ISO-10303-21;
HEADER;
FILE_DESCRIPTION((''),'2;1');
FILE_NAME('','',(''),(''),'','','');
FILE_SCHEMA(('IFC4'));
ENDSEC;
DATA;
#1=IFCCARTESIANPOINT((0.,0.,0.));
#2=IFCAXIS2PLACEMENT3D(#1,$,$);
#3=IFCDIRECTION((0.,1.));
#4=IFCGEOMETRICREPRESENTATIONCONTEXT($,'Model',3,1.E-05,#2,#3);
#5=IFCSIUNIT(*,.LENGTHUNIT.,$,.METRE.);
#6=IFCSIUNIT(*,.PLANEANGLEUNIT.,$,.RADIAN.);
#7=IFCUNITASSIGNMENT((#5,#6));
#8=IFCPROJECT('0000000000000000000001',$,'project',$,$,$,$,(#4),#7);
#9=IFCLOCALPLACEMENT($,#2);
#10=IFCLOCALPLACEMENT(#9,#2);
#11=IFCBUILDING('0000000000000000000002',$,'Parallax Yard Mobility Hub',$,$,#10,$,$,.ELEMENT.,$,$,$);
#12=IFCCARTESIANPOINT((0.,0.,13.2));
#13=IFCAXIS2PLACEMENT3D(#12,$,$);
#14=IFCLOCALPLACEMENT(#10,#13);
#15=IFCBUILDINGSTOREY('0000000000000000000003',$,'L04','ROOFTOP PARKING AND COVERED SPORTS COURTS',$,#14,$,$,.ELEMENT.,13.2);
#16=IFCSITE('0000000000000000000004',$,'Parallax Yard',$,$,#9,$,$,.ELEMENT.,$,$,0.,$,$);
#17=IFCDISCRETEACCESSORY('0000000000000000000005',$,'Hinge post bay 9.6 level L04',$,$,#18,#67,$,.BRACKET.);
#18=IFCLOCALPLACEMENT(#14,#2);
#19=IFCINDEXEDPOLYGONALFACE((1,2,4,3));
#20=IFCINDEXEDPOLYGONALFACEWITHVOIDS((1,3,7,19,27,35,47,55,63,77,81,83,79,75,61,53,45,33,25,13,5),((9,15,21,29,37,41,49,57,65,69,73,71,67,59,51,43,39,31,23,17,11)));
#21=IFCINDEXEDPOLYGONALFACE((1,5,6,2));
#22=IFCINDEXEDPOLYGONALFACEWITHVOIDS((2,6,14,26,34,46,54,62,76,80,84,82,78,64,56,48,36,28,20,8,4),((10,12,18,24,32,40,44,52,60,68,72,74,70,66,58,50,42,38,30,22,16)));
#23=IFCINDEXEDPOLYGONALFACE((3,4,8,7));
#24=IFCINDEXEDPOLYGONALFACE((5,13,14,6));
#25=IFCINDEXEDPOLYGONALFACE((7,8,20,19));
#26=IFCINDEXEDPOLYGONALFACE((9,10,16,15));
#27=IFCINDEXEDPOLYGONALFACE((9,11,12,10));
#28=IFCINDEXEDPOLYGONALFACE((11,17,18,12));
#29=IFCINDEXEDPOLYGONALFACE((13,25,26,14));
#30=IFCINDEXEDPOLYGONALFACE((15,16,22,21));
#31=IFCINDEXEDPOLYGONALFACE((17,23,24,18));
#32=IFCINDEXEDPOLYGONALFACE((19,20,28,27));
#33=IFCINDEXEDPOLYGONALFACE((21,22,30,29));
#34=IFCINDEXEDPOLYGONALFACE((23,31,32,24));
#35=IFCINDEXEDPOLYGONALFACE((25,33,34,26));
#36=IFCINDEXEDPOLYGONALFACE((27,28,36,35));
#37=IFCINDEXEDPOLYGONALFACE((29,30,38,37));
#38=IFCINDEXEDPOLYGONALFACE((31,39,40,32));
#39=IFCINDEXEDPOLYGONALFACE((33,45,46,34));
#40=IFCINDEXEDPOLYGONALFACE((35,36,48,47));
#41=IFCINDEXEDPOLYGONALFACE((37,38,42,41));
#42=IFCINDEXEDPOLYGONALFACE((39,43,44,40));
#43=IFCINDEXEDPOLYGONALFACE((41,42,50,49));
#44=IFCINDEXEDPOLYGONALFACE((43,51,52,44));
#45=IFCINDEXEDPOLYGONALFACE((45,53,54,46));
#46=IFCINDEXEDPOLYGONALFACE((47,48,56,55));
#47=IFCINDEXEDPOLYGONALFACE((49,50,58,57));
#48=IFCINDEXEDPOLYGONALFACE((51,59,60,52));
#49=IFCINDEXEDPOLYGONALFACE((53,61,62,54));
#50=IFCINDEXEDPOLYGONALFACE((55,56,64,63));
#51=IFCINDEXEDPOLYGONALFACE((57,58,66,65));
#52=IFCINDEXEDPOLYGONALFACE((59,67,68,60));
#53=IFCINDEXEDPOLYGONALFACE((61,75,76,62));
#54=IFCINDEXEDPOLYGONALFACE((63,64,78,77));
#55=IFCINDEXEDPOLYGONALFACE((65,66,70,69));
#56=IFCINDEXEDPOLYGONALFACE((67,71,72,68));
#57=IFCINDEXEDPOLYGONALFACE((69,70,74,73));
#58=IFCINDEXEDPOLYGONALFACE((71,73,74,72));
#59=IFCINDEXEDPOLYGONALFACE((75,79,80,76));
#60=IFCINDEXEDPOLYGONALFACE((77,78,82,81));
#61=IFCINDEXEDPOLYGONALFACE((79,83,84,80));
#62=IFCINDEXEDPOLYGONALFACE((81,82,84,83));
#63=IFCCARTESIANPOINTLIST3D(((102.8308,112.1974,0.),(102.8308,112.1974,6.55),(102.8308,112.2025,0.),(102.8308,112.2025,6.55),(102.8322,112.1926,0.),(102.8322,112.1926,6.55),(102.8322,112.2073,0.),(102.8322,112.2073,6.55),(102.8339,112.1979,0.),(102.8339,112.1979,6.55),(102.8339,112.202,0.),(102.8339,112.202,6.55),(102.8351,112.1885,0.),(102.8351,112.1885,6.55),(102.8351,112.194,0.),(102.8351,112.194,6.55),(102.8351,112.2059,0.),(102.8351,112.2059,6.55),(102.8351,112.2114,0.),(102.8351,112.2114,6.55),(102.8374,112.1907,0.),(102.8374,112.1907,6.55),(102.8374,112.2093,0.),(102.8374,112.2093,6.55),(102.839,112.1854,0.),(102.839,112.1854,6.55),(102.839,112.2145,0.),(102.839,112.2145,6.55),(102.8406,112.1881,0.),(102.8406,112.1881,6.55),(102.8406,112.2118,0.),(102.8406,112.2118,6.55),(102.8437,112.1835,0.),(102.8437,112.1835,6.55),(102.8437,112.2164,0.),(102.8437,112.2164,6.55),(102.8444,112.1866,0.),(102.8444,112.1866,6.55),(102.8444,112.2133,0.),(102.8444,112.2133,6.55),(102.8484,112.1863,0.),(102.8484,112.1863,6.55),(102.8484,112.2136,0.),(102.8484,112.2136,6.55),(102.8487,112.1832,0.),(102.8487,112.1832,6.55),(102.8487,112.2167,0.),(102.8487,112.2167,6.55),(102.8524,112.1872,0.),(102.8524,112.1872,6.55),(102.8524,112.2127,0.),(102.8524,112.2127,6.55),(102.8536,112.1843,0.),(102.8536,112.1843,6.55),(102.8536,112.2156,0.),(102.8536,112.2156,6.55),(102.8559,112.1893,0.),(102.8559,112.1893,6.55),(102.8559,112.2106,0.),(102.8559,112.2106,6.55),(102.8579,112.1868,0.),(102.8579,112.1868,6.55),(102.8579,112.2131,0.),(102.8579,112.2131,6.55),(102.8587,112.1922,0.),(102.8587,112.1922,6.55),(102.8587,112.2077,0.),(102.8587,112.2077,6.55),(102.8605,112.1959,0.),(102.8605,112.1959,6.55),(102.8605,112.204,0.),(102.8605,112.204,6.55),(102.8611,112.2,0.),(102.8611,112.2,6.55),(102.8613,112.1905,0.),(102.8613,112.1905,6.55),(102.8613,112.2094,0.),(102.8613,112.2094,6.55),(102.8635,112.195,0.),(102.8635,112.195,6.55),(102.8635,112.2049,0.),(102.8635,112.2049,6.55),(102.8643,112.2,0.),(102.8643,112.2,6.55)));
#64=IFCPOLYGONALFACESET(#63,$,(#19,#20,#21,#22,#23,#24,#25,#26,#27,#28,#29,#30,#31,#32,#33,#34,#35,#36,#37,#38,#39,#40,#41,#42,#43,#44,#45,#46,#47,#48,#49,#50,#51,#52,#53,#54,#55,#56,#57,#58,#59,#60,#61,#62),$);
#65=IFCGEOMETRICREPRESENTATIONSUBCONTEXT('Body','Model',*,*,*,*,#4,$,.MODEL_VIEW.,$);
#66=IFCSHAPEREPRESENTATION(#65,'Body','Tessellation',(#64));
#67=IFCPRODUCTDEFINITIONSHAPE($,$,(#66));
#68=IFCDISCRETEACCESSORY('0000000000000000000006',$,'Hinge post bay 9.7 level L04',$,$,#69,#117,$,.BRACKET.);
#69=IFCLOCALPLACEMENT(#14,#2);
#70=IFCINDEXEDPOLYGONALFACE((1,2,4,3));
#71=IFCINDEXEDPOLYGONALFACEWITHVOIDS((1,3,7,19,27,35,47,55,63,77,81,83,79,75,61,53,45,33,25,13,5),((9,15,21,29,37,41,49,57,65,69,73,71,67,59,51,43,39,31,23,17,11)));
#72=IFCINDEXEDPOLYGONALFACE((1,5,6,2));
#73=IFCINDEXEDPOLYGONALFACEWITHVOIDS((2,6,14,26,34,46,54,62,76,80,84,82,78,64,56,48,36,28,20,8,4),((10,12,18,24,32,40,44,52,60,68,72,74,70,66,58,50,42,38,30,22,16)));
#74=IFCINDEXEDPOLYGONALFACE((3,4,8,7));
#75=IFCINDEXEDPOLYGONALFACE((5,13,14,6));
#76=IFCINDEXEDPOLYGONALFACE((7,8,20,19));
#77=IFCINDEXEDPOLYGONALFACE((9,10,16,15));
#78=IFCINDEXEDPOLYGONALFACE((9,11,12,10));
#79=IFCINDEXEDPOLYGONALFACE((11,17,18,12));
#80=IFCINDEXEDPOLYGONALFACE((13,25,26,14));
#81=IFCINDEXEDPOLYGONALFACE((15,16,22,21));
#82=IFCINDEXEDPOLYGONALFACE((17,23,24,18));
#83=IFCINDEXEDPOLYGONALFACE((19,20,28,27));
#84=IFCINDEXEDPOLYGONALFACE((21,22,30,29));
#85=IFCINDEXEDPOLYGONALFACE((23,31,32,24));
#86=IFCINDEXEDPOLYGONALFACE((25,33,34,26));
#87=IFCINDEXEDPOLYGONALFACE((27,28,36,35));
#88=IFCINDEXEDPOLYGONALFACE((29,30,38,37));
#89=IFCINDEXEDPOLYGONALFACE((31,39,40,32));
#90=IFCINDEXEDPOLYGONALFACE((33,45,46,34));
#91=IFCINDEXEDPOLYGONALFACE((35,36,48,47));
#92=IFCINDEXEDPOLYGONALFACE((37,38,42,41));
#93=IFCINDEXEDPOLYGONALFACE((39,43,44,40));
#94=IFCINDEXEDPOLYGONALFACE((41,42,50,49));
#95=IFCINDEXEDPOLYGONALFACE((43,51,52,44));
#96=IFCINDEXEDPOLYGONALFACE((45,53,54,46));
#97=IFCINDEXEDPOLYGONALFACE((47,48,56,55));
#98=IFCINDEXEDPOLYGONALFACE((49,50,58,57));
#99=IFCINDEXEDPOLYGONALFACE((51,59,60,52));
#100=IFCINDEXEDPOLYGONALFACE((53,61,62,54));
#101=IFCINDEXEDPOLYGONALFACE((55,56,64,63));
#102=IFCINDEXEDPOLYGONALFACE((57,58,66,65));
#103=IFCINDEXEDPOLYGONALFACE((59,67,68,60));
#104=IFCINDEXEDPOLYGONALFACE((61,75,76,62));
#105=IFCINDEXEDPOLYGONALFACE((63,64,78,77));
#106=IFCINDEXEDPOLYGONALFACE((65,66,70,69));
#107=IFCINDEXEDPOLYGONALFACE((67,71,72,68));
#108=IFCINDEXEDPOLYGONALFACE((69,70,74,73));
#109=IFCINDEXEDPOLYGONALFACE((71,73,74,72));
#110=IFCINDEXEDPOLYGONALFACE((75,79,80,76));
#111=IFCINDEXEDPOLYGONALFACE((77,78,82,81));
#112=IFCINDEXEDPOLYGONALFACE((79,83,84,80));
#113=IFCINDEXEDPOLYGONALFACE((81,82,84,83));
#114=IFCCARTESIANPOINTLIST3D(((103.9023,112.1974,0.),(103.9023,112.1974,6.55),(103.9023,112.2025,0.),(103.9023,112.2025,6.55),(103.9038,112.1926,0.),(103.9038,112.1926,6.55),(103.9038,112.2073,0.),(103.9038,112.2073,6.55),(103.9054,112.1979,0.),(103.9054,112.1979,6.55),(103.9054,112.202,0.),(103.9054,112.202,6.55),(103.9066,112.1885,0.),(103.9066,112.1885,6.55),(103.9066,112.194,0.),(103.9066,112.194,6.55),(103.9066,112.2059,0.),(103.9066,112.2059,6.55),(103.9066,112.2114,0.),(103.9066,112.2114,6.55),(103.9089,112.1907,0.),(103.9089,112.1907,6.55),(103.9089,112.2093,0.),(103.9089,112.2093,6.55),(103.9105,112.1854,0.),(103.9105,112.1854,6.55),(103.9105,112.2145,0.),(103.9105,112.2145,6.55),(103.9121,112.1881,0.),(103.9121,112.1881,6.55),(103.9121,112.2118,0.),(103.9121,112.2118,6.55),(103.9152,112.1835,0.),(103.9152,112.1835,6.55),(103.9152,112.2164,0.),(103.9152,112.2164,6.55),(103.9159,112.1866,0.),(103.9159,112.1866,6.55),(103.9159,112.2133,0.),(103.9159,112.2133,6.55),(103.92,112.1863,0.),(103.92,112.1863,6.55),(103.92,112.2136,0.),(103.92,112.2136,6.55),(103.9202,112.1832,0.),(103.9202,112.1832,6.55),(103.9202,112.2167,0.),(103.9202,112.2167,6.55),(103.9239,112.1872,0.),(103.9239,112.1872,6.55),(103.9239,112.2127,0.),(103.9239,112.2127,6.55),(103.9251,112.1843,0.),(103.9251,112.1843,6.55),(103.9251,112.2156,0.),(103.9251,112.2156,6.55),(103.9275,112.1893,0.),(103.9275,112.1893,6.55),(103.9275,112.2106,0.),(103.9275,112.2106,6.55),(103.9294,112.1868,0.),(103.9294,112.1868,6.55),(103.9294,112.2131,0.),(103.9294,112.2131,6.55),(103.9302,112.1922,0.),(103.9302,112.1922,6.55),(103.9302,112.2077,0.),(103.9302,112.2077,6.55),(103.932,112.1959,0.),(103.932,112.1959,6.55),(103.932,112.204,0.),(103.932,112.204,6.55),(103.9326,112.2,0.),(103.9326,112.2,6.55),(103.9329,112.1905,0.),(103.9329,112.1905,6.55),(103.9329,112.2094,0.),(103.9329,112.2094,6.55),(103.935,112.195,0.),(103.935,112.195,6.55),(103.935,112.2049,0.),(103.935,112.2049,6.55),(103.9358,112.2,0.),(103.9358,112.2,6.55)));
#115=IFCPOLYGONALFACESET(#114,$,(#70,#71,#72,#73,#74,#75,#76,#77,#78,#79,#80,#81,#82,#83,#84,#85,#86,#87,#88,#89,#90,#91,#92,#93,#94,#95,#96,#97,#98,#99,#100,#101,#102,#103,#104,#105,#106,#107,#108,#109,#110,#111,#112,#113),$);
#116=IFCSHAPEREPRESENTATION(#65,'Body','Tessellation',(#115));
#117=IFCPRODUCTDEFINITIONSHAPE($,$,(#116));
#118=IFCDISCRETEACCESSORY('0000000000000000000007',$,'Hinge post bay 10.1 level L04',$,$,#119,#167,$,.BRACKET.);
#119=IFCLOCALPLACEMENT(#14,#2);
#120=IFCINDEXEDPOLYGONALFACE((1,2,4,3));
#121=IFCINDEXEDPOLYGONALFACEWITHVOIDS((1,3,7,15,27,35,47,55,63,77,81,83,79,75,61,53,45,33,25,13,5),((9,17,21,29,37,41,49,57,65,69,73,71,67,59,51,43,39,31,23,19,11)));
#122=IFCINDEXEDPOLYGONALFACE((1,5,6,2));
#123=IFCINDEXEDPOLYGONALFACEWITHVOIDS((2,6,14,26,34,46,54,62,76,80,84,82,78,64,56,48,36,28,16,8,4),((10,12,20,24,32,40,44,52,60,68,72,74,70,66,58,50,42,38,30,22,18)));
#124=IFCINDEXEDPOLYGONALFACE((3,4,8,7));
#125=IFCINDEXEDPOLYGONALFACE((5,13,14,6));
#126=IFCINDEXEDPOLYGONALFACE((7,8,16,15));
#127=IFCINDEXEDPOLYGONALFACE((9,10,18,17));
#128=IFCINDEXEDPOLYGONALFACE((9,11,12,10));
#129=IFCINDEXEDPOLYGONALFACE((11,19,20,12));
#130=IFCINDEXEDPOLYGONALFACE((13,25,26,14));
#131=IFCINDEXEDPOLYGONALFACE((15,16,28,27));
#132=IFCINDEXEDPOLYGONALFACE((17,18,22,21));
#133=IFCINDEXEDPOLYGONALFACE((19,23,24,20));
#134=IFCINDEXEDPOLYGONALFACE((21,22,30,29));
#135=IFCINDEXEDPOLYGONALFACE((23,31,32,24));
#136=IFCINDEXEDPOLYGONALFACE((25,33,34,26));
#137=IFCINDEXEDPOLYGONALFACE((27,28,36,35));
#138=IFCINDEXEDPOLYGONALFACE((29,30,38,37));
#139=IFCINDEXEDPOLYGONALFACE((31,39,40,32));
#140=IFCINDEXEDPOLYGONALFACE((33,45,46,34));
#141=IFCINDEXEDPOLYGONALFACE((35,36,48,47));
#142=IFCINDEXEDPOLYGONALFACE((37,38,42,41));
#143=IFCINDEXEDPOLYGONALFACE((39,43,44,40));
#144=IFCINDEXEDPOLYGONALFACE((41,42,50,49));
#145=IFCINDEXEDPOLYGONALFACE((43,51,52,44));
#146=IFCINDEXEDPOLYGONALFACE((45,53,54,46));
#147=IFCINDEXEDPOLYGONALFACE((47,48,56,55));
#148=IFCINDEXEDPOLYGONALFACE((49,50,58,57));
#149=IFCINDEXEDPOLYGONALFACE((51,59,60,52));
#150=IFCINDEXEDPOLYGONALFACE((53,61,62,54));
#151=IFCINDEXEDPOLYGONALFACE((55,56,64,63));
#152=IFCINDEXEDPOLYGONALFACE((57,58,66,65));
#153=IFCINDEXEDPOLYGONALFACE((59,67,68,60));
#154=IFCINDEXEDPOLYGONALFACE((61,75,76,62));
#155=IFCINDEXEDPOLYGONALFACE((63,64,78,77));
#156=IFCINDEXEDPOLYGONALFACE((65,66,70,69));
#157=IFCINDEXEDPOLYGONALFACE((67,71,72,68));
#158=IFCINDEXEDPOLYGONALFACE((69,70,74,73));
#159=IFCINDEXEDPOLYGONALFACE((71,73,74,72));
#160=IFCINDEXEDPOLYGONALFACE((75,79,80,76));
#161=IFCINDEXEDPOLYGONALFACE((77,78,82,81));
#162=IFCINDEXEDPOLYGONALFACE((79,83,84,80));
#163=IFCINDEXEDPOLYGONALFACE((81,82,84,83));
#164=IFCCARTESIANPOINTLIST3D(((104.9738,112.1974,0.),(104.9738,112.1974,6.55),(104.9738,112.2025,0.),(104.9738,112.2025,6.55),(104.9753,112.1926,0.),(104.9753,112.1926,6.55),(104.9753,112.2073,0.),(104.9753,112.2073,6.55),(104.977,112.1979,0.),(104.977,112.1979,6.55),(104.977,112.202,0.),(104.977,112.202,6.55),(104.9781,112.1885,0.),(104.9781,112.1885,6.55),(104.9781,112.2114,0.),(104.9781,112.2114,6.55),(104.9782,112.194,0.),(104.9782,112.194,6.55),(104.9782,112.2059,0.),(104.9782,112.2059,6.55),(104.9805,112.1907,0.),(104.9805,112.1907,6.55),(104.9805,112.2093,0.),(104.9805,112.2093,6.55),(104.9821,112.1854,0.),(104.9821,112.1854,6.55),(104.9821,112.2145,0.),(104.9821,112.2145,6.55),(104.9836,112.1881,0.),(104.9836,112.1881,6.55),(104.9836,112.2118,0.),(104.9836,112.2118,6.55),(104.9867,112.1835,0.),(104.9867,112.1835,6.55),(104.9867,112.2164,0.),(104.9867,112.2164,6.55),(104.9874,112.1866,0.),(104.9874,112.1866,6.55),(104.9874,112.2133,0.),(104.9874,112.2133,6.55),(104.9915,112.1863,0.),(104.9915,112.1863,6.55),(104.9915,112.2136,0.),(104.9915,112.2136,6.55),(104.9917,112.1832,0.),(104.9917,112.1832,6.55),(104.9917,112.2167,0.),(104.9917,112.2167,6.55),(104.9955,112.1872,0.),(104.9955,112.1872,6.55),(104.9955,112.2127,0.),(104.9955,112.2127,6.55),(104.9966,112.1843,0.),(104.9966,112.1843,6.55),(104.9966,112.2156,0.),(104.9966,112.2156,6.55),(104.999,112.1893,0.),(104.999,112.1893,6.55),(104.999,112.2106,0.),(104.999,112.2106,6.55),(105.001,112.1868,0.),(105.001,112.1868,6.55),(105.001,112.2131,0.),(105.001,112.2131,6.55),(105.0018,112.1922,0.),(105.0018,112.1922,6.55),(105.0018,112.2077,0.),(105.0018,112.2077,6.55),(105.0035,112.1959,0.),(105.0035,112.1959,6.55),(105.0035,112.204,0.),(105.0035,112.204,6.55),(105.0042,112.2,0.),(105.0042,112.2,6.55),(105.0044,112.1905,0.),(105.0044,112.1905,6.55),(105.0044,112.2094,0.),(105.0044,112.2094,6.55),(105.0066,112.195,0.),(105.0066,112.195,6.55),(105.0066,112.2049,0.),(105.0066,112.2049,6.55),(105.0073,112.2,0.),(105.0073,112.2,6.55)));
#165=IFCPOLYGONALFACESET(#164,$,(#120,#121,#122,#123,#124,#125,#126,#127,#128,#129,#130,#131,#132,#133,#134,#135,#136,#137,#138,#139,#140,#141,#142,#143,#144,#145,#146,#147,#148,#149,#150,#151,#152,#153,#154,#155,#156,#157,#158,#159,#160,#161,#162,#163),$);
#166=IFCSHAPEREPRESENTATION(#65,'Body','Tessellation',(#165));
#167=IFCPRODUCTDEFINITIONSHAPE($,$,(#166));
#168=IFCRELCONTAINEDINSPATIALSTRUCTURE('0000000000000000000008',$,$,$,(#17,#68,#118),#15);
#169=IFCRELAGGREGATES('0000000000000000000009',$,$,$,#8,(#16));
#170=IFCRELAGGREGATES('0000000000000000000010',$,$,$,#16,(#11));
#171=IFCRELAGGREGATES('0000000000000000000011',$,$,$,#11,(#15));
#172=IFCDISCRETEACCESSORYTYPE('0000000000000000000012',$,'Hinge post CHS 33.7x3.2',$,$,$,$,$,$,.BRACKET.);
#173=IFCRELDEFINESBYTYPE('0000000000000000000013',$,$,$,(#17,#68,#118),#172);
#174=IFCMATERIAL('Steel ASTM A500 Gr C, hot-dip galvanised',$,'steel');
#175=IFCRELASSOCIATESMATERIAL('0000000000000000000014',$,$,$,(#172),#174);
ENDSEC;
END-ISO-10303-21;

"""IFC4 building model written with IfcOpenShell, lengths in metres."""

from ifc_helpers import new_model, si_unit, direction, frame, origin, origin_2d, place, context, subcontext, project, spatial, hollow_circle, extrude, material, material_profile, profile_set, type_object, element, save


model = new_model("IFC4")

# Units and contexts
model_context = context("Model", 3, precision=1e-05, world=origin(), true_north=direction((0.0, 1.0)))
body_context = subcontext(model_context, "Body", "Model", "MODEL_VIEW")
ifc_project = project(units=[si_unit("LENGTHUNIT", "METRE"), si_unit("PLANEANGLEUNIT", "RADIAN")], contexts=[model_context])

# Site, building, storey
site_placement = place(None, origin())
site = spatial("IfcSite", under=ifc_project, at=site_placement, Name="Parallax Yard", CompositionType="ELEMENT", RefElevation=0.0)
building_placement = place(site_placement, origin())
building = spatial("IfcBuilding", under=site, at=building_placement, Name="Parallax Yard Mobility Hub", CompositionType="ELEMENT")
storey_placement = place(building_placement, frame((0.0, 0.0, 13.2)))
storey = spatial("IfcBuildingStorey", under=building, at=storey_placement, Name="L04", Description="ROOFTOP PARKING AND COVERED SPORTS COURTS", CompositionType="ELEMENT", Elevation=13.2)

# Discrete accessories
ifc_material_1 = material(Name="Steel ASTM A500 Gr C, hot-dip galvanised", Category="steel")
ifc_material_profile_1 = material_profile(ifc_material_1, hollow_circle(Radius=0.0168, WallThickness=0.0032, at=origin_2d()), Name="CHS 33.7x3.2")
ifc_profile_set_1 = profile_set([ifc_material_profile_1], Name="Steel ASTM A500 Gr C, hot-dip galvanised")
discrete_accessory_type_1 = type_object("IfcDiscreteAccessoryType", Name="Hinge post CHS 33.7x3.2", PredefinedType="BRACKET", material=ifc_profile_set_1)
for number, where, z_axis, x_axis, name in (
    (1, (102.8474, 112.2, 0.0), (0.0, 0.0, 1.0), (1.0, 0.0, 0.0), "Hinge post bay 9.6 level L04"),
    (2, (103.9189, 112.2, 0.0), (0.0, 0.0, 1.0), (1.0, 0.0, 0.0), "Hinge post bay 9.7 level L04"),
    (3, (104.9905, 112.2, 0.0), (0.0, 0.0, 1.0), (1.0, 0.0, 0.0), "Hinge post bay 10.1 level L04"),
):
    element("IfcDiscreteAccessory", number, at=place(storey_placement, frame(where, z_axis=z_axis, x_axis=x_axis)), inside=storey, type_object=discrete_accessory_type_1, Name=name, PredefinedType="BRACKET", context=body_context, shape_type="SweptSolid", body=[
        extrude(hollow_circle(Radius=0.0168, WallThickness=0.0032, at=origin_2d()), origin(), (0.0, 0.0, 1.0), 6.55),
    ])

save(model, "model.ifc")
